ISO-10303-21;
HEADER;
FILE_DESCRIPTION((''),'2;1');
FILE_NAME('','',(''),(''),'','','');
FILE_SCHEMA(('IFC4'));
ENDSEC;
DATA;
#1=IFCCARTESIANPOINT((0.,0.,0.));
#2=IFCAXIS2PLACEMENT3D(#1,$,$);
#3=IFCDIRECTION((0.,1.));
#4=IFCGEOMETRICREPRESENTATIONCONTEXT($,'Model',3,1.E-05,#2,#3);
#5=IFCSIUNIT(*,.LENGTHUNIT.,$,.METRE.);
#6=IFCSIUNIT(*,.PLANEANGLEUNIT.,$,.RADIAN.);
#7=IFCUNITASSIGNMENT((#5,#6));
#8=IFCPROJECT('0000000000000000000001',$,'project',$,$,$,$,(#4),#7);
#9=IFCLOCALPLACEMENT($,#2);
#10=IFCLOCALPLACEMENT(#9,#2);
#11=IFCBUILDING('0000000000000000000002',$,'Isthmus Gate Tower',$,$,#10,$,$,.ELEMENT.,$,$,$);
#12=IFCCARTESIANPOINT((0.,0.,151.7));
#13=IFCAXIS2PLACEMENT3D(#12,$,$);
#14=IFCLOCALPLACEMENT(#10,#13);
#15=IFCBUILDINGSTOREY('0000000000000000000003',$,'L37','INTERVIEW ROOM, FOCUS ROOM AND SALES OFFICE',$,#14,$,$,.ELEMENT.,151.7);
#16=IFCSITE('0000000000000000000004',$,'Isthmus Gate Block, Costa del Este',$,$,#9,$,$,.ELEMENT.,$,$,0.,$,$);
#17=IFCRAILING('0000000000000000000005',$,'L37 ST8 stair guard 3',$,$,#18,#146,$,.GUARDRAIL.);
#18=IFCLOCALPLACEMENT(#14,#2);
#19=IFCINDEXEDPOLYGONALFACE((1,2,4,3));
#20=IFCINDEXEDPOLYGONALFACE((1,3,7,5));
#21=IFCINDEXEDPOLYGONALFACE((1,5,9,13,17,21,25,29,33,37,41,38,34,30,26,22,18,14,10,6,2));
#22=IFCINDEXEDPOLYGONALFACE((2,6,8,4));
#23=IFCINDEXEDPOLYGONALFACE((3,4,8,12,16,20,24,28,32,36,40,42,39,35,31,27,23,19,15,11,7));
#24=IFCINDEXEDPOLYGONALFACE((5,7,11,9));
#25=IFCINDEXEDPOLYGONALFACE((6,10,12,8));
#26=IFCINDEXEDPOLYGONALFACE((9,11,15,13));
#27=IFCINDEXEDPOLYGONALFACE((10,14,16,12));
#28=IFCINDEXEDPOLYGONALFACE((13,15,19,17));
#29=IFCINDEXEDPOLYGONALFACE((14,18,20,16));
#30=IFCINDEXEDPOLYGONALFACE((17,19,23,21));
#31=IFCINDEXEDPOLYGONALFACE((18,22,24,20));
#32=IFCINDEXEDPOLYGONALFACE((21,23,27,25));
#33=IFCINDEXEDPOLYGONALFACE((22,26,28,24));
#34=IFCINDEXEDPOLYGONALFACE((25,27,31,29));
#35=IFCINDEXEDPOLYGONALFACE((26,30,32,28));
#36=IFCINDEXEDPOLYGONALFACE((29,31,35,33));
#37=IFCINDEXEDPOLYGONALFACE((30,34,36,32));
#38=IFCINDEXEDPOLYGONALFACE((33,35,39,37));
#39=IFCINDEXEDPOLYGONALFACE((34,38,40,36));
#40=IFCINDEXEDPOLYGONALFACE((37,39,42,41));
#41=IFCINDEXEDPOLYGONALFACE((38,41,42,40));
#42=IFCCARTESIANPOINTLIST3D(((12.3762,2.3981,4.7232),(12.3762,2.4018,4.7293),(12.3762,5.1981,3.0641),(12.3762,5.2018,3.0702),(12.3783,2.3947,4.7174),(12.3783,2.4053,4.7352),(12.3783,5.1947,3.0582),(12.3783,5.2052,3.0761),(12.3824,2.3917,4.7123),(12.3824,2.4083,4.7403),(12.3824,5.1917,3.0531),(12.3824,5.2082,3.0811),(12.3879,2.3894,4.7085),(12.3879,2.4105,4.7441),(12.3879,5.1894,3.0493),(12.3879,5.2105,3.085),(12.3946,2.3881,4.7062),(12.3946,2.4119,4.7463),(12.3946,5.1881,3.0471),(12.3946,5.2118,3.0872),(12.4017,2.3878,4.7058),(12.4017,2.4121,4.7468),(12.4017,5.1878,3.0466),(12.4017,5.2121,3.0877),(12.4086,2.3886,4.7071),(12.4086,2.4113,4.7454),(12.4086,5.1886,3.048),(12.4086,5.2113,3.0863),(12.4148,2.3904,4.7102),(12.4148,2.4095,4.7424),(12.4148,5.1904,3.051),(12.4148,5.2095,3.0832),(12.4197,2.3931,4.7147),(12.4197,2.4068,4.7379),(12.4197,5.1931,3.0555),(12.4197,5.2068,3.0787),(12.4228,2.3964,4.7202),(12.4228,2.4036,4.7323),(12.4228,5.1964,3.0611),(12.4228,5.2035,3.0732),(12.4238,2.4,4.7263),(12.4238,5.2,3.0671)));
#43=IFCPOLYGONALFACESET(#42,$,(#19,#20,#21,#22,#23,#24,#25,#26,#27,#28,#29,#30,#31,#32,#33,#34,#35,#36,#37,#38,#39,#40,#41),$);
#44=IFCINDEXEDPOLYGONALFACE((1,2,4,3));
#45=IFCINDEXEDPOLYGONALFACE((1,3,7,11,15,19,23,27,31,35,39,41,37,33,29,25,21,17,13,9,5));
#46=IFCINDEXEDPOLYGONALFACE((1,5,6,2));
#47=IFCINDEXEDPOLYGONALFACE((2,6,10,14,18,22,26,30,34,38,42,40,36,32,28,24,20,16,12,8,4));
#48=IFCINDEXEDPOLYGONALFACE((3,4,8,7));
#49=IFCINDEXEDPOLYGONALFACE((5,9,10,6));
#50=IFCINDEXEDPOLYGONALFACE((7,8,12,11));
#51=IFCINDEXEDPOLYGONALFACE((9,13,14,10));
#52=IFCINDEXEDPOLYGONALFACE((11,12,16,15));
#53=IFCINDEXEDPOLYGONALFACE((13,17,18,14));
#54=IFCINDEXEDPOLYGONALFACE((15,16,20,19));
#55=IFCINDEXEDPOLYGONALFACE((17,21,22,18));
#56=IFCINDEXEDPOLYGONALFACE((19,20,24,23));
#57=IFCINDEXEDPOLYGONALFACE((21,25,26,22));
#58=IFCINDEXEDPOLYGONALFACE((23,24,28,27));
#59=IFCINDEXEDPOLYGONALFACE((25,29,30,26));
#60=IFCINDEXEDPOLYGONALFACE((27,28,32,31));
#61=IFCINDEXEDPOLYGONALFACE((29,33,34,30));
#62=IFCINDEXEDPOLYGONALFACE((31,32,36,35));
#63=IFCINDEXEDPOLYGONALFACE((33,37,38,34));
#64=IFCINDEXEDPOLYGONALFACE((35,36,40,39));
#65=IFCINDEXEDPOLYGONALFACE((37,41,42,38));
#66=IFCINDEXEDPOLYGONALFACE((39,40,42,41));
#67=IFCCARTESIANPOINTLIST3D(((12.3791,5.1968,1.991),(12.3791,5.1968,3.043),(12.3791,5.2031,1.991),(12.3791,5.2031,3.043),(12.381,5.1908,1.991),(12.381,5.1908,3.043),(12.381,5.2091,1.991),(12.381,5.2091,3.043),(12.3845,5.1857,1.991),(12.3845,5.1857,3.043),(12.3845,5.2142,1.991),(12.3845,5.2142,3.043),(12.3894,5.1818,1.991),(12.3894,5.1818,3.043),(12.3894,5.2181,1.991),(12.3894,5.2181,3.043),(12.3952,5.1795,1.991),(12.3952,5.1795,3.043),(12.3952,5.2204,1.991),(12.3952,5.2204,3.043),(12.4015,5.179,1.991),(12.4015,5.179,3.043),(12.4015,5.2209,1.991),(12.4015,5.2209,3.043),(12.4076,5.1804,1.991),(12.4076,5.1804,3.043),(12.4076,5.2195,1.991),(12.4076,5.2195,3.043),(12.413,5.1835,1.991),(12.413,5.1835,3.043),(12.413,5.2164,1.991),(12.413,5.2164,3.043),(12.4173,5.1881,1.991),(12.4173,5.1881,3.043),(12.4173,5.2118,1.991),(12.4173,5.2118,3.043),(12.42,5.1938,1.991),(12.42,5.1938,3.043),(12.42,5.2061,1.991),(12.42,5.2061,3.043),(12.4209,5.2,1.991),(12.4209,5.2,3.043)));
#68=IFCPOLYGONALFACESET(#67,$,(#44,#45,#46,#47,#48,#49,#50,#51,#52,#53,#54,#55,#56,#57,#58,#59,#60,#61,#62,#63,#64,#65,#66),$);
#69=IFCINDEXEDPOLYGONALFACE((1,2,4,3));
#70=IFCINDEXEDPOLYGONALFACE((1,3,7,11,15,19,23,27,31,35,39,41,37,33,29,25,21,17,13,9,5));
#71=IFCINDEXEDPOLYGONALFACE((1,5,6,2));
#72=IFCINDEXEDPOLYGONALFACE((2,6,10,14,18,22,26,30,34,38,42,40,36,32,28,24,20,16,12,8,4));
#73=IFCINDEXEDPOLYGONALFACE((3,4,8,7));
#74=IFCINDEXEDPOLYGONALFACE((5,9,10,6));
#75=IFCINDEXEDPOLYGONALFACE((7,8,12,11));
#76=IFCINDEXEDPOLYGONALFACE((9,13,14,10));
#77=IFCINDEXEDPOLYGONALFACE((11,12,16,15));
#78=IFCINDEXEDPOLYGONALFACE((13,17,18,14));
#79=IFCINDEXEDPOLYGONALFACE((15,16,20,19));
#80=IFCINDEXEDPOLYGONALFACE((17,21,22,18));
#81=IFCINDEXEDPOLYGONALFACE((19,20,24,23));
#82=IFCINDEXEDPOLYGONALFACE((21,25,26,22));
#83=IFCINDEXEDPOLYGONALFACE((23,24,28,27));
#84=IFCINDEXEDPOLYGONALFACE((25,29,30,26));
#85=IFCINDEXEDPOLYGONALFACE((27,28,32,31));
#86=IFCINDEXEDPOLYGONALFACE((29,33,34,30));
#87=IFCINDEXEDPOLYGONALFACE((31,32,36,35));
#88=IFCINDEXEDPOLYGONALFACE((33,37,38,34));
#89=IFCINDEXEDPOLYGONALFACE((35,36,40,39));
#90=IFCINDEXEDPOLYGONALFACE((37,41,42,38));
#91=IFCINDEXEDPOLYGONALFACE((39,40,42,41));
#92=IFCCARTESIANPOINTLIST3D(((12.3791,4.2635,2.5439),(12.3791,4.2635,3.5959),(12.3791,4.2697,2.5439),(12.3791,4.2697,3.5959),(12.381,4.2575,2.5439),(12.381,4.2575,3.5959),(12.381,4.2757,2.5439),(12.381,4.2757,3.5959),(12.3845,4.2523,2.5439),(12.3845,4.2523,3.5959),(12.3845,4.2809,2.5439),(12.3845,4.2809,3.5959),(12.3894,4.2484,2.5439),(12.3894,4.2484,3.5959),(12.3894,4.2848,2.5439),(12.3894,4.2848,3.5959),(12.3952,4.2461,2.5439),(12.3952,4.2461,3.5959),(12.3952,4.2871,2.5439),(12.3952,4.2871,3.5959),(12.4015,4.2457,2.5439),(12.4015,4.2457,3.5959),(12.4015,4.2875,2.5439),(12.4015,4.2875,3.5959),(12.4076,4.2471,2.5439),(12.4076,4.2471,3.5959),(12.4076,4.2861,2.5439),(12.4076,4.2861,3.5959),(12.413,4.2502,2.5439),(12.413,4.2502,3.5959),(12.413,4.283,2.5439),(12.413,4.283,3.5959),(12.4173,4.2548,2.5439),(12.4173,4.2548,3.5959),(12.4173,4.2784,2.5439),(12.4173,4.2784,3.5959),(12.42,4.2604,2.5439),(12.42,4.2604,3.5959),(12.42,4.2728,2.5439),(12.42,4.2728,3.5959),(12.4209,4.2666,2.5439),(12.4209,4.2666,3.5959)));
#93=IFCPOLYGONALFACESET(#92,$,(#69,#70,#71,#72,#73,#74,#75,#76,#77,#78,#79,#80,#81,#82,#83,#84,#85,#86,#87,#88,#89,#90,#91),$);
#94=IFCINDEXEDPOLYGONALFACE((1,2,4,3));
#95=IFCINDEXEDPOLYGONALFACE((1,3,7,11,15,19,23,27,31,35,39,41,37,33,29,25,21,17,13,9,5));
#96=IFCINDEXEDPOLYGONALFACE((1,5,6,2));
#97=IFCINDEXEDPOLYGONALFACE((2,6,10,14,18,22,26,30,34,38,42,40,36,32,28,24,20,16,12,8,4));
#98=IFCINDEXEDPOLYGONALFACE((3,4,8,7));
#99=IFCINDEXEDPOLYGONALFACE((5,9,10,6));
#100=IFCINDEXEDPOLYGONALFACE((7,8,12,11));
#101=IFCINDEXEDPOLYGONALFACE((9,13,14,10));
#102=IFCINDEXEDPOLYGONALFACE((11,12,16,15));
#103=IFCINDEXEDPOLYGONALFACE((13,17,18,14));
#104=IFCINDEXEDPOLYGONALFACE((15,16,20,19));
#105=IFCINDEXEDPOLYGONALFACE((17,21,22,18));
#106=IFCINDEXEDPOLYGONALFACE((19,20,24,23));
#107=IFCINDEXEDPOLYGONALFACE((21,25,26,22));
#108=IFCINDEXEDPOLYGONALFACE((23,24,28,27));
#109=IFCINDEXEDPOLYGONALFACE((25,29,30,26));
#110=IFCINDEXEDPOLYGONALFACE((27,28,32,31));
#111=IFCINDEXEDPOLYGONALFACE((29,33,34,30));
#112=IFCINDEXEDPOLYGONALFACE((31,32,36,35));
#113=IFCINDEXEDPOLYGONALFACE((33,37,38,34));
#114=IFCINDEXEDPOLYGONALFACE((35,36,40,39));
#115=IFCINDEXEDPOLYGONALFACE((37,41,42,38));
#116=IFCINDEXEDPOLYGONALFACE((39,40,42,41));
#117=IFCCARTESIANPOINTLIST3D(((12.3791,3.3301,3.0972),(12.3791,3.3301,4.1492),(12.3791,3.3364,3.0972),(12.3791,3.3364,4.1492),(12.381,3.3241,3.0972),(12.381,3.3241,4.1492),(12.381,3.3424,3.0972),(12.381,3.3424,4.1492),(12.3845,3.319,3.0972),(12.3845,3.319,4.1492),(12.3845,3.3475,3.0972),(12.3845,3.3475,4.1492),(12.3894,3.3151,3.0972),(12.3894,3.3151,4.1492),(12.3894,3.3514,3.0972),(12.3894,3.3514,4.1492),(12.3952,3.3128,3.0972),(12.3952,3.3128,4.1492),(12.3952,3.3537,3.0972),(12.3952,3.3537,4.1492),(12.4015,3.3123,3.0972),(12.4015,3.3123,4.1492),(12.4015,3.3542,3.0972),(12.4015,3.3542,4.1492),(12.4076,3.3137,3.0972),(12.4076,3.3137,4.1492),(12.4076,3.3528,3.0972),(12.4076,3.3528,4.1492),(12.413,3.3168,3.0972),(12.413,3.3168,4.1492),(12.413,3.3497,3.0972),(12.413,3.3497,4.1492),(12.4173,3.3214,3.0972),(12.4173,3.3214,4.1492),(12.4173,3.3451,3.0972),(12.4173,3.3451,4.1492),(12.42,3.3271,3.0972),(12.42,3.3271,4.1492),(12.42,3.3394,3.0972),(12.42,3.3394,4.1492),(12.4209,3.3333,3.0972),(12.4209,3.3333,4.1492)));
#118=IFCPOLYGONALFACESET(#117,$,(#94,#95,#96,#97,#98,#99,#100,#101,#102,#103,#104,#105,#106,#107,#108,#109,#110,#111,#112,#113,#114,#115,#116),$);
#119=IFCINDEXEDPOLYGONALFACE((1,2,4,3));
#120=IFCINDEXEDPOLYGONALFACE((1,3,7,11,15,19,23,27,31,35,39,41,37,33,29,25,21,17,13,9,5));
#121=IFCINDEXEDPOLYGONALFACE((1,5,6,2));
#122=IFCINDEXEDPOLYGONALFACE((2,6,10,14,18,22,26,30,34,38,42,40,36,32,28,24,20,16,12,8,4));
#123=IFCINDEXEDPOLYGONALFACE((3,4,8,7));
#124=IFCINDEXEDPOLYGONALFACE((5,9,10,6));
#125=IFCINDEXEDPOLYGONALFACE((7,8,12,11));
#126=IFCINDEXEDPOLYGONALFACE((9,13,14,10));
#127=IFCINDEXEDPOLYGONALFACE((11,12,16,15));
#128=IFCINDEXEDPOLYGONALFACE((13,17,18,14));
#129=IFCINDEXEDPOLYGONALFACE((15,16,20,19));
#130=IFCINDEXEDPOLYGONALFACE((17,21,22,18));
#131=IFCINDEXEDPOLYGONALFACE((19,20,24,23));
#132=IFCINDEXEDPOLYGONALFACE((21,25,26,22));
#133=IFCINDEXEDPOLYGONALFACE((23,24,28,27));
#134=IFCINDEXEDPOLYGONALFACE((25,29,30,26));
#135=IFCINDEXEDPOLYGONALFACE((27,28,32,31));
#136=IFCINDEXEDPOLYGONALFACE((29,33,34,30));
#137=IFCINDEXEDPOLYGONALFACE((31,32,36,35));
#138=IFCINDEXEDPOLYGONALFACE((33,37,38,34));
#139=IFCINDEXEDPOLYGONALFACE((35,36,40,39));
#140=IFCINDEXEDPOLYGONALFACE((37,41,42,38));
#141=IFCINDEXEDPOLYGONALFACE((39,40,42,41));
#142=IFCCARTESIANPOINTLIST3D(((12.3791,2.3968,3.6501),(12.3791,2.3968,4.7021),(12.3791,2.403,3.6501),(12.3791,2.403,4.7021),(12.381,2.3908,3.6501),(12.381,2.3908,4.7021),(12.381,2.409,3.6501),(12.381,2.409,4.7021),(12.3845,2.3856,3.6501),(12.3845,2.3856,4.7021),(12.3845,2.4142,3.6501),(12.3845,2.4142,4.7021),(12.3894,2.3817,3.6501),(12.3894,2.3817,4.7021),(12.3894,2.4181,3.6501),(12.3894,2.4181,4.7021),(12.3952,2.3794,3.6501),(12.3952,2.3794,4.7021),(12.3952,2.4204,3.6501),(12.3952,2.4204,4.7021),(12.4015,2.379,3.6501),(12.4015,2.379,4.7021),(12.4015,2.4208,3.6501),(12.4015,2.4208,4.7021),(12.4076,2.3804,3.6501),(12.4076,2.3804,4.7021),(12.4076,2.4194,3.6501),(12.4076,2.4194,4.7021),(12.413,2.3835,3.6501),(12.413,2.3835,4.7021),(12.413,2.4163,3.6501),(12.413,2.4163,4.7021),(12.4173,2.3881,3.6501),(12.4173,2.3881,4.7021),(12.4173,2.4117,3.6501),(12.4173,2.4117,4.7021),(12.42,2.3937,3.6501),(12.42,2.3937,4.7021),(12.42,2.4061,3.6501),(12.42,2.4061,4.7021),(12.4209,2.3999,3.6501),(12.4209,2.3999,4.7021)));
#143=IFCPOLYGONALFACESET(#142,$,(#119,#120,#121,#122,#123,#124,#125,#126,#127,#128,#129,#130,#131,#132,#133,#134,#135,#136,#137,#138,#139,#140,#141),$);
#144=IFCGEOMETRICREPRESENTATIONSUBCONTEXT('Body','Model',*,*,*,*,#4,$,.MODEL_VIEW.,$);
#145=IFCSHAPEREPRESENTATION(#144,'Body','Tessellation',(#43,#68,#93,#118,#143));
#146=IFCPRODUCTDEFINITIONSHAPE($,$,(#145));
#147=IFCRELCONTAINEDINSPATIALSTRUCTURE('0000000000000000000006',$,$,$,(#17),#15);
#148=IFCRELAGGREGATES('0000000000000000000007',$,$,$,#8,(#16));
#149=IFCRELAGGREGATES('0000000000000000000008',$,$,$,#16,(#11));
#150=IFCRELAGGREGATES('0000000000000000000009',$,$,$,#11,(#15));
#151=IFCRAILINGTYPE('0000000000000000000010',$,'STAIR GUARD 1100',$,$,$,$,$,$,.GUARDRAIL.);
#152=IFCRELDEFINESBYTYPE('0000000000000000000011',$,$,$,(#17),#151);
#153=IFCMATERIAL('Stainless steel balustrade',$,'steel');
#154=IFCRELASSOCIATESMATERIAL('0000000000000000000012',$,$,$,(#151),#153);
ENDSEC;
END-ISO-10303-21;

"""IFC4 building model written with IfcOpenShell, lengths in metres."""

from ifc_helpers import new_model, si_unit, direction, frame, origin, origin_2d, place, context, subcontext, project, spatial, circle, extrude, material, type_object, element, save


model = new_model("IFC4")

# Units and contexts
model_context = context("Model", 3, precision=1e-05, world=origin(), true_north=direction((0.0, 1.0)))
body_context = subcontext(model_context, "Body", "Model", "MODEL_VIEW")
ifc_project = project(units=[si_unit("LENGTHUNIT", "METRE"), si_unit("PLANEANGLEUNIT", "RADIAN")], contexts=[model_context])

# Site, building, storey
site_placement = place(None, origin())
site = spatial("IfcSite", under=ifc_project, at=site_placement, Name="Isthmus Gate Block, Costa del Este", CompositionType="ELEMENT", RefElevation=0.0)
building_placement = place(site_placement, origin())
building = spatial("IfcBuilding", under=site, at=building_placement, Name="Isthmus Gate Tower", CompositionType="ELEMENT")
storey_placement = place(building_placement, frame((0.0, 0.0, 151.7)))
storey = spatial("IfcBuildingStorey", under=building, at=storey_placement, Name="L37", Description="INTERVIEW ROOM, FOCUS ROOM AND SALES OFFICE", CompositionType="ELEMENT", Elevation=151.7)

# Railing
ifc_material_1 = material(Name="Stainless steel balustrade", Category="steel")
railing_type_1 = type_object("IfcRailingType", Name="STAIR GUARD 1100", PredefinedType="GUARDRAIL", material=ifc_material_1)
railing_1_placement = place(storey_placement, frame((12.3999, 5.2, 1.991)))
element("IfcRailing", 1, at=railing_1_placement, inside=storey, type_object=railing_type_1, Name="L37 ST8 stair guard 3", PredefinedType="GUARDRAIL", context=body_context, shape_type="SweptSolid", body=[
    extrude(circle(Radius=0.0239, at=origin_2d()), frame((0.0, 0.0, 1.0762), z_axis=(0.0, -0.860306, 0.509778), x_axis=(1.0, 0.0, 0.0)), (0.0, 0.0, 1.0), 3.2546),
    extrude(circle(Radius=0.021, at=origin_2d()), origin(), (0.0, 0.0, 1.0), 1.052),
    extrude(circle(Radius=0.021, at=origin_2d()), frame((0.0, -0.9333, 0.553)), (0.0, 0.0, 1.0), 1.052),
    extrude(circle(Radius=0.021, at=origin_2d()), frame((0.0, -1.8667, 1.1062)), (0.0, 0.0, 1.0), 1.052),
    extrude(circle(Radius=0.021, at=origin_2d()), frame((0.0, -2.8, 1.6592)), (0.0, 0.0, 1.0), 1.052),
])

save(model, "model.ifc")
